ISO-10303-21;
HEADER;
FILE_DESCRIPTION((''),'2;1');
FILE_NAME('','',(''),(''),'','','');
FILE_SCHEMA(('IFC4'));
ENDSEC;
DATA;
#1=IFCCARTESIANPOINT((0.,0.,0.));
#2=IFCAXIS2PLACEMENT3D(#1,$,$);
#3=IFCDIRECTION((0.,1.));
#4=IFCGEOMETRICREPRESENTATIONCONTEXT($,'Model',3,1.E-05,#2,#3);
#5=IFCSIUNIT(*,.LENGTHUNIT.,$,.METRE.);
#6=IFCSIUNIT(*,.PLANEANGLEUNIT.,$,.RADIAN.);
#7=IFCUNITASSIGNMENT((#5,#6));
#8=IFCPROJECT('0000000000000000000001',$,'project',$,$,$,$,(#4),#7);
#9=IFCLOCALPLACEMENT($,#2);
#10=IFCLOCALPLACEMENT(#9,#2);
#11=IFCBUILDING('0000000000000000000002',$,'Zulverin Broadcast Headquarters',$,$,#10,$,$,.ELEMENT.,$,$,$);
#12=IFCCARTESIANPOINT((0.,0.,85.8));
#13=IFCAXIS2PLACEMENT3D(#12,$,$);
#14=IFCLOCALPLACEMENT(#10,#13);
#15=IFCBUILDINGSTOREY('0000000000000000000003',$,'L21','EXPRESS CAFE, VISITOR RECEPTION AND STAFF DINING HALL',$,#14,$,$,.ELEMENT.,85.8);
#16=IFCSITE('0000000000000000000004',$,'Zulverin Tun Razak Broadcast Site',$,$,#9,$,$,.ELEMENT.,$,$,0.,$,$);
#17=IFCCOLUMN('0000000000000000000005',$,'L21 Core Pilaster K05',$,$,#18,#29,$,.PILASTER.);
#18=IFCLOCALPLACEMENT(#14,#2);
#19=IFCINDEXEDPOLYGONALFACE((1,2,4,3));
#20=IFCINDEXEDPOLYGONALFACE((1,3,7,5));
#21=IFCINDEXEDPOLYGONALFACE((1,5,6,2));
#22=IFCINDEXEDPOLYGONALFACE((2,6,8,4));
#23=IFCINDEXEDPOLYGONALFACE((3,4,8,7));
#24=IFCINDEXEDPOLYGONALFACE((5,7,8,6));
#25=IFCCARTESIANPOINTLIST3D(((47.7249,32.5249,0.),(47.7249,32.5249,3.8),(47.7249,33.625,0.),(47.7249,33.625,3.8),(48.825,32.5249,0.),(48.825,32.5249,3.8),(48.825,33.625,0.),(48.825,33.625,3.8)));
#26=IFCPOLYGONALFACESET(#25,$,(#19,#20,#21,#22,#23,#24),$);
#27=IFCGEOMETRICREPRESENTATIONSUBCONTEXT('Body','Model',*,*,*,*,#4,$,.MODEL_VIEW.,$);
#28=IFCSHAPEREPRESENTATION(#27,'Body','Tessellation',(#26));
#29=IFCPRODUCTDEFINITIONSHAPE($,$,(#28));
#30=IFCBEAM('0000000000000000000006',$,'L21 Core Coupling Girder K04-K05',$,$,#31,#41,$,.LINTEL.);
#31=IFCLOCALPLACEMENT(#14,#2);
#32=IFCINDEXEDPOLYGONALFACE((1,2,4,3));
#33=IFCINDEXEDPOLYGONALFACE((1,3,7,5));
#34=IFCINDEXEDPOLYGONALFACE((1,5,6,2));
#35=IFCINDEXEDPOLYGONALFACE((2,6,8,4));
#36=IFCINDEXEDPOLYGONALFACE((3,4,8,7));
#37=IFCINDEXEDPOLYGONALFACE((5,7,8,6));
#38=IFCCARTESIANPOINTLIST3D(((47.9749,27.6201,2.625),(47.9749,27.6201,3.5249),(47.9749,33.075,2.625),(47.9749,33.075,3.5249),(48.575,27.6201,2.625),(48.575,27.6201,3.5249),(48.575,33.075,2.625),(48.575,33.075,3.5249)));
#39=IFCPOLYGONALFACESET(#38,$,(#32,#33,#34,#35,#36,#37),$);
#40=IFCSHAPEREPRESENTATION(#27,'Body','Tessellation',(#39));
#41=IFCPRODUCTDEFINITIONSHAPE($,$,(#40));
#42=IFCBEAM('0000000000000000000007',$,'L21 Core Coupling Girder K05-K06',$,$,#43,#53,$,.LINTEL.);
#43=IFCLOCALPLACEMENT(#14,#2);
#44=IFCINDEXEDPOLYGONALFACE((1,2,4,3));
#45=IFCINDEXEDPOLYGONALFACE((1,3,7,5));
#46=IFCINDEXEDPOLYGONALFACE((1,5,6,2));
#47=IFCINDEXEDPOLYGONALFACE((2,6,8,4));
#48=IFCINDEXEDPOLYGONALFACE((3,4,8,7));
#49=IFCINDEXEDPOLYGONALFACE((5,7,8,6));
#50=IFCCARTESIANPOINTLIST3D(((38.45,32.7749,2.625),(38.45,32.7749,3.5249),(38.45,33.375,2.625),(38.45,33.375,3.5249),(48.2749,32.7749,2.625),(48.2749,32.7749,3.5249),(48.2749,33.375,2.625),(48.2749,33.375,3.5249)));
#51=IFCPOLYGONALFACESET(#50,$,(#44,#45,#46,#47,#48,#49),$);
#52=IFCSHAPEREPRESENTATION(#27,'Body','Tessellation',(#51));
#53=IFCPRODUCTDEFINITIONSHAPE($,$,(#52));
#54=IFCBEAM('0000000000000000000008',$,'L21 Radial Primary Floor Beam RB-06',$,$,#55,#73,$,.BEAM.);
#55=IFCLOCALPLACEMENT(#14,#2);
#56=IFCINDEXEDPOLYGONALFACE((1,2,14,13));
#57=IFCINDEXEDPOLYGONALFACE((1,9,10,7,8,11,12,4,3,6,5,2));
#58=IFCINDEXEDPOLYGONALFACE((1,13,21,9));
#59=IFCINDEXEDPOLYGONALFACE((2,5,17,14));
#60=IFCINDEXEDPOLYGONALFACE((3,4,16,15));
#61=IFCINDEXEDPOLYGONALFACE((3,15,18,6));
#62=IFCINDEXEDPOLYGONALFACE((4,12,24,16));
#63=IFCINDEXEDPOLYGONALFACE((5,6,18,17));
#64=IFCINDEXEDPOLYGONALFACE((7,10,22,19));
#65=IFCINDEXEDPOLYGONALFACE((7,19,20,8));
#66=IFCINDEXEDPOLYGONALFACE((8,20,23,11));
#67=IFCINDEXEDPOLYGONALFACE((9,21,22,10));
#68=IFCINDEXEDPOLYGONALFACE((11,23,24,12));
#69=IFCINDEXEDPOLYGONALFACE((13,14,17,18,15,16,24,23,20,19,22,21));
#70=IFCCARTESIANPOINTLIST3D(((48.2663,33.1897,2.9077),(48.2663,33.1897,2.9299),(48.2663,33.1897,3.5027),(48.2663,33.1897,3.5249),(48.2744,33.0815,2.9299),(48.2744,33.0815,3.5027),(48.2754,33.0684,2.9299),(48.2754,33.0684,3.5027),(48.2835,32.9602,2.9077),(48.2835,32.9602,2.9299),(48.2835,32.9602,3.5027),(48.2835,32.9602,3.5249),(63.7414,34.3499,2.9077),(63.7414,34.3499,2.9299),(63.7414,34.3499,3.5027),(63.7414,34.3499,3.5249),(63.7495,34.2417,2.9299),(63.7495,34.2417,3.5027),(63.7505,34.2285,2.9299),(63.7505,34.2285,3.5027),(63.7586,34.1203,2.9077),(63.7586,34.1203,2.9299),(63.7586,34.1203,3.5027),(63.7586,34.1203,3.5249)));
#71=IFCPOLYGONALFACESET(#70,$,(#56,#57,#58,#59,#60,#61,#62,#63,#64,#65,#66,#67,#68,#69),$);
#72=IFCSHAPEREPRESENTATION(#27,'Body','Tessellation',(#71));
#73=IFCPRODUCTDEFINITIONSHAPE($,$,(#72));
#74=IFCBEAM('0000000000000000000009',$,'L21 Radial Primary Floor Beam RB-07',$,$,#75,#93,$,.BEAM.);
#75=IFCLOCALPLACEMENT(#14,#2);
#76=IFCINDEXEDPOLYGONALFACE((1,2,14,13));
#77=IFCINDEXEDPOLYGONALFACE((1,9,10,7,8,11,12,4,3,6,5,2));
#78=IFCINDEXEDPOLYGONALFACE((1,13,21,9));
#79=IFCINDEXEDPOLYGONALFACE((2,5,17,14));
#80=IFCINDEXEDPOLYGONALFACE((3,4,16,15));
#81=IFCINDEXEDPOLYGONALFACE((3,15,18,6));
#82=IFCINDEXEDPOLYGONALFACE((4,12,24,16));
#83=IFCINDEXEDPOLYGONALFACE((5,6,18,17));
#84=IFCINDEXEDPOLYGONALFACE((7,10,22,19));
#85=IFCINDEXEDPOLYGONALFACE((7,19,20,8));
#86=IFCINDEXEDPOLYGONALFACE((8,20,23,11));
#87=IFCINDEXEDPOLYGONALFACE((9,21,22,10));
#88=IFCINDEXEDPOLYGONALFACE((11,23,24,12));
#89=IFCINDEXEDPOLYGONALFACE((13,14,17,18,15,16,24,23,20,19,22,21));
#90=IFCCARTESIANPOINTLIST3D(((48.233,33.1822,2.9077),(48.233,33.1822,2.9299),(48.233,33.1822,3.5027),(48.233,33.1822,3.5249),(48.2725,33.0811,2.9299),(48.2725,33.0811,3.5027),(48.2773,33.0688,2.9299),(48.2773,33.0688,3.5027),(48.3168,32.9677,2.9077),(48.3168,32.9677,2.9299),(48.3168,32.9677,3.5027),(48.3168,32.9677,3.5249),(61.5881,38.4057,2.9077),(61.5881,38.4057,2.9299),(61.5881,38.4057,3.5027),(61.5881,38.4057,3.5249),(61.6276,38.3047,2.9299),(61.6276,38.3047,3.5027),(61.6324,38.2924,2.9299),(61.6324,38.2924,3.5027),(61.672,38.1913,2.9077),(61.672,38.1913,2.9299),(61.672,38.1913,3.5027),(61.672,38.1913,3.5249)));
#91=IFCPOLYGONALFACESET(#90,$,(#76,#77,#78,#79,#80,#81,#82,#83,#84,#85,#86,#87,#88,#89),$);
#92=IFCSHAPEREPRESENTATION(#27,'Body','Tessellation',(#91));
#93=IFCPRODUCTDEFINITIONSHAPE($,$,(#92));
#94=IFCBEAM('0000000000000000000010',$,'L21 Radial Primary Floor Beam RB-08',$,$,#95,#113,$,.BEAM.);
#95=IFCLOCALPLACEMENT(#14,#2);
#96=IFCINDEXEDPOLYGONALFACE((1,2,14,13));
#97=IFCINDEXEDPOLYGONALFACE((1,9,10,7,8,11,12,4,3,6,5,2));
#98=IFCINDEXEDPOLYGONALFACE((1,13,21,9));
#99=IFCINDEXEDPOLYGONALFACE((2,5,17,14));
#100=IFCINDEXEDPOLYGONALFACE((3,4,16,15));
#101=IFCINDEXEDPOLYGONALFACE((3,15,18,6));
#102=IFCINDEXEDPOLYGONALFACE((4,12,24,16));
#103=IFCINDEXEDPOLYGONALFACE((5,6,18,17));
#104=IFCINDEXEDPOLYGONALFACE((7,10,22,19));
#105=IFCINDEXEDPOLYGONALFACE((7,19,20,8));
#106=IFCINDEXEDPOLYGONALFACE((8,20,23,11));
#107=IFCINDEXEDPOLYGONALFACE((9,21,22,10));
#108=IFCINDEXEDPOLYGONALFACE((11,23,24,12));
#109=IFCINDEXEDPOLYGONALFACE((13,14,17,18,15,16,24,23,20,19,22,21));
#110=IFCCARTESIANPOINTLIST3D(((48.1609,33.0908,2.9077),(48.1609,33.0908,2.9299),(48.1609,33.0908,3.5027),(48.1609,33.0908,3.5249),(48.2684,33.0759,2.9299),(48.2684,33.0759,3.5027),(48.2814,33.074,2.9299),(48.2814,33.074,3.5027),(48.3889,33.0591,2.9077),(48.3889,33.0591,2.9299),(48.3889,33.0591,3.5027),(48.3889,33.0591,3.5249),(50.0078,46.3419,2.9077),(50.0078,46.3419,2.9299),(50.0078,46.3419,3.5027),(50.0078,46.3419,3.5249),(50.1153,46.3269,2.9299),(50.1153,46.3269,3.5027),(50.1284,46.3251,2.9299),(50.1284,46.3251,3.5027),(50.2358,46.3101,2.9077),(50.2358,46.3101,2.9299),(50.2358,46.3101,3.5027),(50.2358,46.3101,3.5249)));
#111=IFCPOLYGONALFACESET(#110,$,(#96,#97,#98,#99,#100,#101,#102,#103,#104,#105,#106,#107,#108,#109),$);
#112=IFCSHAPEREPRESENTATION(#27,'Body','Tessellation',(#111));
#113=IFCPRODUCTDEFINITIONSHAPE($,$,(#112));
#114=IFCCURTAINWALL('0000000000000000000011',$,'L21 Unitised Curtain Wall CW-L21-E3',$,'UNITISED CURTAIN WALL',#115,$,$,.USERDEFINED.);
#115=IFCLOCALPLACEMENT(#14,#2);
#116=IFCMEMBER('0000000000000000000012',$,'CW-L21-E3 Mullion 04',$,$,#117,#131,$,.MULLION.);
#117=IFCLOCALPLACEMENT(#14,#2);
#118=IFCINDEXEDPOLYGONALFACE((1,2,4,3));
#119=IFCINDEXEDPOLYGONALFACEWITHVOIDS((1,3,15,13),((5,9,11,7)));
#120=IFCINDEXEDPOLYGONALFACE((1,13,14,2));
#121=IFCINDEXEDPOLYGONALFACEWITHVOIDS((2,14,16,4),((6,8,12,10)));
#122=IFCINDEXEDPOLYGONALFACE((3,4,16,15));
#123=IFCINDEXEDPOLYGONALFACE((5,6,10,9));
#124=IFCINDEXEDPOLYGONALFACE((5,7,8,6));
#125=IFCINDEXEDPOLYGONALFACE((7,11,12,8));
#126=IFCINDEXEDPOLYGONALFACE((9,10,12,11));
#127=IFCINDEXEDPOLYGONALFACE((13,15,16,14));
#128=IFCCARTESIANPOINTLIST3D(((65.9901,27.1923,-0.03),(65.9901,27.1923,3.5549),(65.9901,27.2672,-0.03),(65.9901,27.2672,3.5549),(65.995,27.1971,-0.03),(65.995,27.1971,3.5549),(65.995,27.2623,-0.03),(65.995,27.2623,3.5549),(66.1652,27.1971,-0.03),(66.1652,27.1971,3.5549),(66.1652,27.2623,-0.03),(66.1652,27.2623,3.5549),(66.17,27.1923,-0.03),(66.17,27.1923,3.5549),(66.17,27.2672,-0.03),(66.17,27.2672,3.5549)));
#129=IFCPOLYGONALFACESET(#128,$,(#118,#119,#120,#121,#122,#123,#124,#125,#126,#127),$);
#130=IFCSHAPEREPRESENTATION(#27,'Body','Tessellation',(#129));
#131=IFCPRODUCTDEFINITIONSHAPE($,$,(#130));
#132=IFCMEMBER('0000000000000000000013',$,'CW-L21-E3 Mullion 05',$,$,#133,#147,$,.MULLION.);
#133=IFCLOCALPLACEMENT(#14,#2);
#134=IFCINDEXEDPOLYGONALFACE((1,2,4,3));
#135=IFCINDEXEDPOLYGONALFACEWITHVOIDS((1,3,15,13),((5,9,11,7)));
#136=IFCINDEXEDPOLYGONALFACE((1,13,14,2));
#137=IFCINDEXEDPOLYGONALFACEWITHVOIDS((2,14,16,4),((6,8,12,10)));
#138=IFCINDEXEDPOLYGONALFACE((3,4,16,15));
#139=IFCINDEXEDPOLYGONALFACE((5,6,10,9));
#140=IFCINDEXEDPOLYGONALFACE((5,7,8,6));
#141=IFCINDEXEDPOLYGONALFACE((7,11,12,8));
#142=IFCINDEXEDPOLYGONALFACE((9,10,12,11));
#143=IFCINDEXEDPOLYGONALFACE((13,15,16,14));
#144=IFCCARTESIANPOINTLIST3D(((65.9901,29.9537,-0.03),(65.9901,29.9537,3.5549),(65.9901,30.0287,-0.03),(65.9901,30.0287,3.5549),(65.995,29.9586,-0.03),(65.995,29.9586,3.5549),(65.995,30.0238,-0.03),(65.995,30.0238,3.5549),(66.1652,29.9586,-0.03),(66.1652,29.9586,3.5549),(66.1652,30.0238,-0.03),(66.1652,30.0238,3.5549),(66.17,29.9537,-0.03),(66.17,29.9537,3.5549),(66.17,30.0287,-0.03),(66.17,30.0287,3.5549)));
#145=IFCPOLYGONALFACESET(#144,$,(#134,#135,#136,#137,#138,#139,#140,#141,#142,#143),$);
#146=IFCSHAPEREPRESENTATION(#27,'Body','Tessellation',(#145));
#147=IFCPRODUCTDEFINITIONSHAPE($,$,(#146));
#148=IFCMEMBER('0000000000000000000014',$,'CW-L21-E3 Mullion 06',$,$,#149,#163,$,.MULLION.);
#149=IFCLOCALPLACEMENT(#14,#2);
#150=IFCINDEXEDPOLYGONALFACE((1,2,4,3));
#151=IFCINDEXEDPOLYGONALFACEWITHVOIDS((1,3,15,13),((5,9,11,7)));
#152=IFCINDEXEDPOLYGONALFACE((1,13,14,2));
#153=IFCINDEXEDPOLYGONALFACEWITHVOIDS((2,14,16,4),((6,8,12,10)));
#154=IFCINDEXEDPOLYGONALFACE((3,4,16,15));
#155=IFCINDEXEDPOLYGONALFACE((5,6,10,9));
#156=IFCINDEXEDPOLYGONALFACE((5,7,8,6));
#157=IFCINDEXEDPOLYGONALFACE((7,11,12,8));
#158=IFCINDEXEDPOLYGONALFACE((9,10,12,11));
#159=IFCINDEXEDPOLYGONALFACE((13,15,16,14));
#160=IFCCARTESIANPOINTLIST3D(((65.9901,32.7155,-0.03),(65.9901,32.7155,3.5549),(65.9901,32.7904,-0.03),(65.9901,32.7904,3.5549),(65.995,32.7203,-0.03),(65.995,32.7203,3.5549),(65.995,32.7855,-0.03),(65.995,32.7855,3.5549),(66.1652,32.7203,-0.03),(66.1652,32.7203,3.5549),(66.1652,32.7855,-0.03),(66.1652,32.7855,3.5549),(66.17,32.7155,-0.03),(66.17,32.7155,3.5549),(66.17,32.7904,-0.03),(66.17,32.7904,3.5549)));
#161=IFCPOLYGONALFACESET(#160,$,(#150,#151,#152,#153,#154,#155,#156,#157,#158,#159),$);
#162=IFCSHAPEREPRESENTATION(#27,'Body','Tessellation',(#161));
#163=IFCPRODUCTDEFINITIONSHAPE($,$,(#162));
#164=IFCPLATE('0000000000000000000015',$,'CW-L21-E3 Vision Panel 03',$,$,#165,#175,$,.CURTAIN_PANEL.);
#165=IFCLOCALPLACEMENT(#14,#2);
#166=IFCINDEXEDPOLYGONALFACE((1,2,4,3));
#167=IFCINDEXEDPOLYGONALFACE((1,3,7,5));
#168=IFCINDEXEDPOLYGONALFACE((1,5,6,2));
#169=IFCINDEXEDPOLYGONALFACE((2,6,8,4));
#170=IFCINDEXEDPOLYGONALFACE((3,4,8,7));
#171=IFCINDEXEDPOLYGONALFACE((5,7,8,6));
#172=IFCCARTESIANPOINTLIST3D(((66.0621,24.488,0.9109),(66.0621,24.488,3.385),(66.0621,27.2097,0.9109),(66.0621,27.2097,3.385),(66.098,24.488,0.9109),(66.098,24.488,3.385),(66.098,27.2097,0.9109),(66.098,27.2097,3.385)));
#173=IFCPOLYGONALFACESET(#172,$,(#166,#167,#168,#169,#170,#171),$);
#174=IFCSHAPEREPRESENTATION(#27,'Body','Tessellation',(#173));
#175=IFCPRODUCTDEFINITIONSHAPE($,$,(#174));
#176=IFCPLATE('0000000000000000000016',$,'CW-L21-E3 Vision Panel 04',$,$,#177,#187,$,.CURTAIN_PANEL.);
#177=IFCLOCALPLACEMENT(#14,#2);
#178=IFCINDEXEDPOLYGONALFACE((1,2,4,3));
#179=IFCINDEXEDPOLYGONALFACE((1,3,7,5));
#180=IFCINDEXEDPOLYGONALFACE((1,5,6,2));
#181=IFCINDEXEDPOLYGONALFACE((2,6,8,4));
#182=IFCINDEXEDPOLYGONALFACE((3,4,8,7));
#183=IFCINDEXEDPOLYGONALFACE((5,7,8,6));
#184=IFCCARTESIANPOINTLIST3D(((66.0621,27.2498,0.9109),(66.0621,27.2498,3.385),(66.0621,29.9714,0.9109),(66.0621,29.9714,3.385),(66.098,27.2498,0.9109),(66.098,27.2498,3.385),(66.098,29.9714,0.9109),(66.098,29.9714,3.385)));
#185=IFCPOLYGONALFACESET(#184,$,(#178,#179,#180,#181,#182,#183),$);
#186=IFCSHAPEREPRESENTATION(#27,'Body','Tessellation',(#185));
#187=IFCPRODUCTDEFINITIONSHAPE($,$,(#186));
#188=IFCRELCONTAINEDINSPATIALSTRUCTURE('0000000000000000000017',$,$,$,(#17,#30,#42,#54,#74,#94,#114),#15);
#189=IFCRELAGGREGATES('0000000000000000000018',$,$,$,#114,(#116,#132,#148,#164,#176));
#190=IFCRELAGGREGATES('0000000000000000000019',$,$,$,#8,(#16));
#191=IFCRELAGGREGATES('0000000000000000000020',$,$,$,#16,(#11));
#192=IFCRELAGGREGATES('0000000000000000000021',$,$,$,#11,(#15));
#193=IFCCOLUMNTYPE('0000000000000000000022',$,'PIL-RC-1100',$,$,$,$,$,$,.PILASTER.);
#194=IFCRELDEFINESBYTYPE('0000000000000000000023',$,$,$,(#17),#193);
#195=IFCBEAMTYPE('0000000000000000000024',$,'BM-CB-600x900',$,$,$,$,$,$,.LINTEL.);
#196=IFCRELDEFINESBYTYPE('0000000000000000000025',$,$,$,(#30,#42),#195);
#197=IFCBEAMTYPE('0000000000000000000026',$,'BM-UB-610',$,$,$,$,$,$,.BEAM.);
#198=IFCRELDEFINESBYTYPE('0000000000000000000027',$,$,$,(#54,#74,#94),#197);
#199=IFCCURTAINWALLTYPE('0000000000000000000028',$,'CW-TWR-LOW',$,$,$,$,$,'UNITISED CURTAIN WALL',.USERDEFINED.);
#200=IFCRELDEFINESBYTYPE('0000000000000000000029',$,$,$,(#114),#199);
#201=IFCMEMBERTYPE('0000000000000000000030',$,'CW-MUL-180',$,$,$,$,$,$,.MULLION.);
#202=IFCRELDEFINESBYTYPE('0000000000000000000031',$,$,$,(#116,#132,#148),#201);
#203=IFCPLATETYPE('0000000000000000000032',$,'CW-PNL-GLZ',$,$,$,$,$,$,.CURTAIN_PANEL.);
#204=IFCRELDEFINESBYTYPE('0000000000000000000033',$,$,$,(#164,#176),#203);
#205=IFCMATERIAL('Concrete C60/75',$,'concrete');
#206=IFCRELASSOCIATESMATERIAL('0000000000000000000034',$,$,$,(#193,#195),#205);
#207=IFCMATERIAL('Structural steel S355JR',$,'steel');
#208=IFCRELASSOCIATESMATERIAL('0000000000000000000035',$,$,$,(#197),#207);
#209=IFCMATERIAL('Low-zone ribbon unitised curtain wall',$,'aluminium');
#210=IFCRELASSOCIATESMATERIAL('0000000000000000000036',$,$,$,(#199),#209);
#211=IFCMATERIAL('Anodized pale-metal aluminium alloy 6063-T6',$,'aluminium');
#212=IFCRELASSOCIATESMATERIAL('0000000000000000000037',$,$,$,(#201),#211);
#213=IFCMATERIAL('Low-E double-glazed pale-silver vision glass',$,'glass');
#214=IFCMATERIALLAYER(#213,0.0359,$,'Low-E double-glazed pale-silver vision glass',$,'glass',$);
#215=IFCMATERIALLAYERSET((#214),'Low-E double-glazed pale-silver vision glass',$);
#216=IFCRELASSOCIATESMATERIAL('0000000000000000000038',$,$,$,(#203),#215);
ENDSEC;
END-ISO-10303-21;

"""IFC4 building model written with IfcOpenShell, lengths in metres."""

from ifc_helpers import new_model, si_unit, direction, frame, origin, origin_2d, place, context, subcontext, project, spatial, rectangle, hollow_rectangle, i_section, extrude, material, layer, layer_set, material_profile, profile_set, type_object, element, aggregate, save


model = new_model("IFC4")

# Units and contexts
model_context = context("Model", 3, precision=1e-05, world=origin(), true_north=direction((0.0, 1.0)))
body_context = subcontext(model_context, "Body", "Model", "MODEL_VIEW")
ifc_project = project(units=[si_unit("LENGTHUNIT", "METRE"), si_unit("PLANEANGLEUNIT", "RADIAN")], contexts=[model_context])

# Site, building, storey
site_placement = place(None, origin())
site = spatial("IfcSite", under=ifc_project, at=site_placement, Name="Zulverin Tun Razak Broadcast Site", CompositionType="ELEMENT", RefElevation=0.0)
building_placement = place(site_placement, origin())
building = spatial("IfcBuilding", under=site, at=building_placement, Name="Zulverin Broadcast Headquarters", CompositionType="ELEMENT")
storey_placement = place(building_placement, frame((0.0, 0.0, 85.8)))
storey = spatial("IfcBuildingStorey", under=building, at=storey_placement, Name="L21", Description="EXPRESS CAFE, VISITOR RECEPTION AND STAFF DINING HALL", CompositionType="ELEMENT", Elevation=85.8)

# Column
ifc_material_1 = material(Name="Concrete C60/75", Category="concrete")
ifc_material_profile_1 = material_profile(ifc_material_1, rectangle(XDim=1.1001, YDim=1.1001, at=origin_2d()), Name="Concrete C60/75", Category="concrete")
ifc_profile_set_1 = profile_set([ifc_material_profile_1], Name="Concrete C60/75")
column_type = type_object("IfcColumnType", Name="PIL-RC-1100", PredefinedType="PILASTER", material=ifc_profile_set_1)
column_placement = place(storey_placement, frame((48.2749, 33.075, 0.0), z_axis=(0.0, 0.0, 1.0), x_axis=(1.0, 0.0, 0.0)))
element("IfcColumn", 1, at=column_placement, inside=storey, type_object=column_type, Name="L21 Core Pilaster K05", PredefinedType="PILASTER", context=body_context, shape_type="SweptSolid", body=[
    extrude(rectangle(XDim=1.1001, YDim=1.1001, at=origin_2d()), origin(), (0.0, 0.0, 1.0), 3.8),
])

# Beams
ifc_material_profile_2 = material_profile(ifc_material_1, rectangle(XDim=0.6001, YDim=0.8999, at=origin_2d()), Name="Concrete C60/75", Category="concrete")
ifc_profile_set_2 = profile_set([ifc_material_profile_2], Name="Concrete C60/75")
beam_type_1 = type_object("IfcBeamType", Name="BM-CB-600x900", PredefinedType="LINTEL", material=ifc_profile_set_2)
beam_1_placement = place(storey_placement, frame((48.2749, 27.6201, 3.075), z_axis=(0.0, 1.0, 0.0), x_axis=(-1.0, 0.0, 0.0)))
element("IfcBeam", 2, at=beam_1_placement, inside=storey, type_object=beam_type_1, Name="L21 Core Coupling Girder K04-K05", PredefinedType="LINTEL", context=body_context, shape_type="SweptSolid", body=[
    extrude(rectangle(XDim=0.6001, YDim=0.8999, at=origin_2d()), origin(), (0.0, 0.0, 1.0), 5.4548),
])
beam_2_placement = place(storey_placement, frame((48.2749, 33.075, 3.075), z_axis=(-1.0, 0.0, 0.0), x_axis=(0.0, -1.0, 0.0)))
element("IfcBeam", 3, at=beam_2_placement, inside=storey, type_object=beam_type_1, Name="L21 Core Coupling Girder K05-K06", PredefinedType="LINTEL", context=body_context, shape_type="SweptSolid", body=[
    extrude(rectangle(XDim=0.6001, YDim=0.8999, at=origin_2d()), origin(), (0.0, 0.0, 1.0), 9.825),
])
ifc_material_2 = material(Name="Structural steel S355JR", Category="steel")
ifc_material_profile_3 = material_profile(ifc_material_2, i_section(OverallWidth=0.2302, OverallDepth=0.6172, WebThickness=0.0132, FlangeThickness=0.0222, at=origin_2d()), Name="Structural steel S355JR", Category="steel")
ifc_profile_set_3 = profile_set([ifc_material_profile_3], Name="Structural steel S355JR")
beam_type_2 = type_object("IfcBeamType", Name="BM-UB-610", PredefinedType="BEAM", material=ifc_profile_set_3)
beam_3_placement = place(storey_placement, frame((48.2749, 33.075, 3.2163), z_axis=(0.997202, 0.074759, 0.0), x_axis=(-0.074759, 0.997202, 0.0)))
element("IfcBeam", 4, at=beam_3_placement, inside=storey, type_object=beam_type_2, Name="L21 Radial Primary Floor Beam RB-06", PredefinedType="BEAM", context=body_context, shape_type="SweptSolid", body=[
    extrude(i_section(OverallWidth=0.2302, OverallDepth=0.6172, WebThickness=0.0132, FlangeThickness=0.0222, at=origin_2d()), origin(), (0.0, 0.0, 1.0), 15.5186),
])
beam_4_placement = place(storey_placement, frame((48.2749, 33.075, 3.2163), z_axis=(0.931298, 0.364259, 0.0), x_axis=(-0.364259, 0.931298, 0.0)))
element("IfcBeam", 5, at=beam_4_placement, inside=storey, type_object=beam_type_2, Name="L21 Radial Primary Floor Beam RB-07", PredefinedType="BEAM", context=body_context, shape_type="SweptSolid", body=[
    extrude(i_section(OverallWidth=0.2302, OverallDepth=0.6172, WebThickness=0.0132, FlangeThickness=0.0222, at=origin_2d()), origin(), (0.0, 0.0, 1.0), 14.3403),
])
beam_5_placement = place(storey_placement, frame((48.2749, 33.075, 3.2163), z_axis=(0.138046, 0.990426, 0.0), x_axis=(-0.990426, 0.138046, 0.0)))
element("IfcBeam", 6, at=beam_5_placement, inside=storey, type_object=beam_type_2, Name="L21 Radial Primary Floor Beam RB-08", PredefinedType="BEAM", context=body_context, shape_type="SweptSolid", body=[
    extrude(i_section(OverallWidth=0.2302, OverallDepth=0.6172, WebThickness=0.0132, FlangeThickness=0.0222, at=origin_2d()), origin(), (0.0, 0.0, 1.0), 13.3792),
])

# Curtain wall, members, plates
ifc_material_3 = material(Name="Low-zone ribbon unitised curtain wall", Category="aluminium")
curtain_wall_type = type_object("IfcCurtainWallType", Name="CW-TWR-LOW", ElementType="UNITISED CURTAIN WALL", PredefinedType="USERDEFINED", material=ifc_material_3)
curtain_wall_placement = place(storey_placement, origin())
curtain_wall = element("IfcCurtainWall", 7, at=curtain_wall_placement, inside=storey, type_object=curtain_wall_type, Name="L21 Unitised Curtain Wall CW-L21-E3", ObjectType="UNITISED CURTAIN WALL", PredefinedType="USERDEFINED")
ifc_material_4 = material(Name="Anodized pale-metal aluminium alloy 6063-T6", Category="aluminium")
ifc_material_profile_4 = material_profile(ifc_material_4, hollow_rectangle(XDim=0.075, YDim=0.1799, WallThickness=0.0049, at=origin_2d()), Name="Anodized pale-metal aluminium alloy 6063-T6", Category="aluminium")
ifc_profile_set_4 = profile_set([ifc_material_profile_4], Name="Anodized pale-metal aluminium alloy 6063-T6")
member_type = type_object("IfcMemberType", Name="CW-MUL-180", PredefinedType="MULLION", material=ifc_profile_set_4)
member_1_placement = place(storey_placement, frame((66.0801, 27.2297, -0.03), z_axis=(0.0, 0.0, 1.0), x_axis=(0.0, 1.0, 0.0)))
member_1 = element("IfcMember", 8, at=member_1_placement, type_object=member_type, Name="CW-L21-E3 Mullion 04", PredefinedType="MULLION", context=body_context, shape_type="SweptSolid", body=[
    extrude(hollow_rectangle(XDim=0.075, YDim=0.1799, WallThickness=0.0049, at=origin_2d()), origin(), (0.0, 0.0, 1.0), 3.585),
])
member_2_placement = place(storey_placement, frame((66.0801, 29.9912, -0.03), z_axis=(0.0, 0.0, 1.0), x_axis=(0.0, 1.0, 0.0)))
member_2 = element("IfcMember", 9, at=member_2_placement, type_object=member_type, Name="CW-L21-E3 Mullion 05", PredefinedType="MULLION", context=body_context, shape_type="SweptSolid", body=[
    extrude(hollow_rectangle(XDim=0.075, YDim=0.1799, WallThickness=0.0049, at=origin_2d()), origin(), (0.0, 0.0, 1.0), 3.585),
])
member_3_placement = place(storey_placement, frame((66.0801, 32.7529, -0.03), z_axis=(0.0, 0.0, 1.0), x_axis=(0.0, 1.0, 0.0)))
member_3 = element("IfcMember", 10, at=member_3_placement, type_object=member_type, Name="CW-L21-E3 Mullion 06", PredefinedType="MULLION", context=body_context, shape_type="SweptSolid", body=[
    extrude(hollow_rectangle(XDim=0.075, YDim=0.1799, WallThickness=0.0049, at=origin_2d()), origin(), (0.0, 0.0, 1.0), 3.585),
])
ifc_material_5 = material(Name="Low-E double-glazed pale-silver vision glass", Category="glass")
ifc_layer_1 = layer(ifc_material_5, 0.0359, Name="Low-E double-glazed pale-silver vision glass", Category="glass")
ifc_layer_set_1 = layer_set([ifc_layer_1], Name="Low-E double-glazed pale-silver vision glass")
plate_type_1 = type_object("IfcPlateType", Name="CW-PNL-GLZ", PredefinedType="CURTAIN_PANEL", material=ifc_layer_set_1)
plate_1_placement = place(storey_placement, frame((66.0801, 25.8489, 0.9109), z_axis=(0.0, 0.0, 1.0), x_axis=(0.0, 1.0, 0.0)))
plate_1 = element("IfcPlate", 11, at=plate_1_placement, type_object=plate_type_1, Name="CW-L21-E3 Vision Panel 03", PredefinedType="CURTAIN_PANEL", context=body_context, shape_type="SweptSolid", body=[
    extrude(rectangle(XDim=2.7217, YDim=0.0359, at=origin_2d()), origin(), (0.0, 0.0, 1.0), 2.4741),
])
plate_2_placement = place(storey_placement, frame((66.0801, 28.6106, 0.9109), z_axis=(0.0, 0.0, 1.0), x_axis=(0.0, 1.0, 0.0)))
plate_2 = element("IfcPlate", 12, at=plate_2_placement, type_object=plate_type_1, Name="CW-L21-E3 Vision Panel 04", PredefinedType="CURTAIN_PANEL", context=body_context, shape_type="SweptSolid", body=[
    extrude(rectangle(XDim=2.7217, YDim=0.0359, at=origin_2d()), origin(), (0.0, 0.0, 1.0), 2.4741),
])
aggregate(curtain_wall, [member_1, member_2, member_3, plate_1, plate_2])

save(model, "model.ifc")
